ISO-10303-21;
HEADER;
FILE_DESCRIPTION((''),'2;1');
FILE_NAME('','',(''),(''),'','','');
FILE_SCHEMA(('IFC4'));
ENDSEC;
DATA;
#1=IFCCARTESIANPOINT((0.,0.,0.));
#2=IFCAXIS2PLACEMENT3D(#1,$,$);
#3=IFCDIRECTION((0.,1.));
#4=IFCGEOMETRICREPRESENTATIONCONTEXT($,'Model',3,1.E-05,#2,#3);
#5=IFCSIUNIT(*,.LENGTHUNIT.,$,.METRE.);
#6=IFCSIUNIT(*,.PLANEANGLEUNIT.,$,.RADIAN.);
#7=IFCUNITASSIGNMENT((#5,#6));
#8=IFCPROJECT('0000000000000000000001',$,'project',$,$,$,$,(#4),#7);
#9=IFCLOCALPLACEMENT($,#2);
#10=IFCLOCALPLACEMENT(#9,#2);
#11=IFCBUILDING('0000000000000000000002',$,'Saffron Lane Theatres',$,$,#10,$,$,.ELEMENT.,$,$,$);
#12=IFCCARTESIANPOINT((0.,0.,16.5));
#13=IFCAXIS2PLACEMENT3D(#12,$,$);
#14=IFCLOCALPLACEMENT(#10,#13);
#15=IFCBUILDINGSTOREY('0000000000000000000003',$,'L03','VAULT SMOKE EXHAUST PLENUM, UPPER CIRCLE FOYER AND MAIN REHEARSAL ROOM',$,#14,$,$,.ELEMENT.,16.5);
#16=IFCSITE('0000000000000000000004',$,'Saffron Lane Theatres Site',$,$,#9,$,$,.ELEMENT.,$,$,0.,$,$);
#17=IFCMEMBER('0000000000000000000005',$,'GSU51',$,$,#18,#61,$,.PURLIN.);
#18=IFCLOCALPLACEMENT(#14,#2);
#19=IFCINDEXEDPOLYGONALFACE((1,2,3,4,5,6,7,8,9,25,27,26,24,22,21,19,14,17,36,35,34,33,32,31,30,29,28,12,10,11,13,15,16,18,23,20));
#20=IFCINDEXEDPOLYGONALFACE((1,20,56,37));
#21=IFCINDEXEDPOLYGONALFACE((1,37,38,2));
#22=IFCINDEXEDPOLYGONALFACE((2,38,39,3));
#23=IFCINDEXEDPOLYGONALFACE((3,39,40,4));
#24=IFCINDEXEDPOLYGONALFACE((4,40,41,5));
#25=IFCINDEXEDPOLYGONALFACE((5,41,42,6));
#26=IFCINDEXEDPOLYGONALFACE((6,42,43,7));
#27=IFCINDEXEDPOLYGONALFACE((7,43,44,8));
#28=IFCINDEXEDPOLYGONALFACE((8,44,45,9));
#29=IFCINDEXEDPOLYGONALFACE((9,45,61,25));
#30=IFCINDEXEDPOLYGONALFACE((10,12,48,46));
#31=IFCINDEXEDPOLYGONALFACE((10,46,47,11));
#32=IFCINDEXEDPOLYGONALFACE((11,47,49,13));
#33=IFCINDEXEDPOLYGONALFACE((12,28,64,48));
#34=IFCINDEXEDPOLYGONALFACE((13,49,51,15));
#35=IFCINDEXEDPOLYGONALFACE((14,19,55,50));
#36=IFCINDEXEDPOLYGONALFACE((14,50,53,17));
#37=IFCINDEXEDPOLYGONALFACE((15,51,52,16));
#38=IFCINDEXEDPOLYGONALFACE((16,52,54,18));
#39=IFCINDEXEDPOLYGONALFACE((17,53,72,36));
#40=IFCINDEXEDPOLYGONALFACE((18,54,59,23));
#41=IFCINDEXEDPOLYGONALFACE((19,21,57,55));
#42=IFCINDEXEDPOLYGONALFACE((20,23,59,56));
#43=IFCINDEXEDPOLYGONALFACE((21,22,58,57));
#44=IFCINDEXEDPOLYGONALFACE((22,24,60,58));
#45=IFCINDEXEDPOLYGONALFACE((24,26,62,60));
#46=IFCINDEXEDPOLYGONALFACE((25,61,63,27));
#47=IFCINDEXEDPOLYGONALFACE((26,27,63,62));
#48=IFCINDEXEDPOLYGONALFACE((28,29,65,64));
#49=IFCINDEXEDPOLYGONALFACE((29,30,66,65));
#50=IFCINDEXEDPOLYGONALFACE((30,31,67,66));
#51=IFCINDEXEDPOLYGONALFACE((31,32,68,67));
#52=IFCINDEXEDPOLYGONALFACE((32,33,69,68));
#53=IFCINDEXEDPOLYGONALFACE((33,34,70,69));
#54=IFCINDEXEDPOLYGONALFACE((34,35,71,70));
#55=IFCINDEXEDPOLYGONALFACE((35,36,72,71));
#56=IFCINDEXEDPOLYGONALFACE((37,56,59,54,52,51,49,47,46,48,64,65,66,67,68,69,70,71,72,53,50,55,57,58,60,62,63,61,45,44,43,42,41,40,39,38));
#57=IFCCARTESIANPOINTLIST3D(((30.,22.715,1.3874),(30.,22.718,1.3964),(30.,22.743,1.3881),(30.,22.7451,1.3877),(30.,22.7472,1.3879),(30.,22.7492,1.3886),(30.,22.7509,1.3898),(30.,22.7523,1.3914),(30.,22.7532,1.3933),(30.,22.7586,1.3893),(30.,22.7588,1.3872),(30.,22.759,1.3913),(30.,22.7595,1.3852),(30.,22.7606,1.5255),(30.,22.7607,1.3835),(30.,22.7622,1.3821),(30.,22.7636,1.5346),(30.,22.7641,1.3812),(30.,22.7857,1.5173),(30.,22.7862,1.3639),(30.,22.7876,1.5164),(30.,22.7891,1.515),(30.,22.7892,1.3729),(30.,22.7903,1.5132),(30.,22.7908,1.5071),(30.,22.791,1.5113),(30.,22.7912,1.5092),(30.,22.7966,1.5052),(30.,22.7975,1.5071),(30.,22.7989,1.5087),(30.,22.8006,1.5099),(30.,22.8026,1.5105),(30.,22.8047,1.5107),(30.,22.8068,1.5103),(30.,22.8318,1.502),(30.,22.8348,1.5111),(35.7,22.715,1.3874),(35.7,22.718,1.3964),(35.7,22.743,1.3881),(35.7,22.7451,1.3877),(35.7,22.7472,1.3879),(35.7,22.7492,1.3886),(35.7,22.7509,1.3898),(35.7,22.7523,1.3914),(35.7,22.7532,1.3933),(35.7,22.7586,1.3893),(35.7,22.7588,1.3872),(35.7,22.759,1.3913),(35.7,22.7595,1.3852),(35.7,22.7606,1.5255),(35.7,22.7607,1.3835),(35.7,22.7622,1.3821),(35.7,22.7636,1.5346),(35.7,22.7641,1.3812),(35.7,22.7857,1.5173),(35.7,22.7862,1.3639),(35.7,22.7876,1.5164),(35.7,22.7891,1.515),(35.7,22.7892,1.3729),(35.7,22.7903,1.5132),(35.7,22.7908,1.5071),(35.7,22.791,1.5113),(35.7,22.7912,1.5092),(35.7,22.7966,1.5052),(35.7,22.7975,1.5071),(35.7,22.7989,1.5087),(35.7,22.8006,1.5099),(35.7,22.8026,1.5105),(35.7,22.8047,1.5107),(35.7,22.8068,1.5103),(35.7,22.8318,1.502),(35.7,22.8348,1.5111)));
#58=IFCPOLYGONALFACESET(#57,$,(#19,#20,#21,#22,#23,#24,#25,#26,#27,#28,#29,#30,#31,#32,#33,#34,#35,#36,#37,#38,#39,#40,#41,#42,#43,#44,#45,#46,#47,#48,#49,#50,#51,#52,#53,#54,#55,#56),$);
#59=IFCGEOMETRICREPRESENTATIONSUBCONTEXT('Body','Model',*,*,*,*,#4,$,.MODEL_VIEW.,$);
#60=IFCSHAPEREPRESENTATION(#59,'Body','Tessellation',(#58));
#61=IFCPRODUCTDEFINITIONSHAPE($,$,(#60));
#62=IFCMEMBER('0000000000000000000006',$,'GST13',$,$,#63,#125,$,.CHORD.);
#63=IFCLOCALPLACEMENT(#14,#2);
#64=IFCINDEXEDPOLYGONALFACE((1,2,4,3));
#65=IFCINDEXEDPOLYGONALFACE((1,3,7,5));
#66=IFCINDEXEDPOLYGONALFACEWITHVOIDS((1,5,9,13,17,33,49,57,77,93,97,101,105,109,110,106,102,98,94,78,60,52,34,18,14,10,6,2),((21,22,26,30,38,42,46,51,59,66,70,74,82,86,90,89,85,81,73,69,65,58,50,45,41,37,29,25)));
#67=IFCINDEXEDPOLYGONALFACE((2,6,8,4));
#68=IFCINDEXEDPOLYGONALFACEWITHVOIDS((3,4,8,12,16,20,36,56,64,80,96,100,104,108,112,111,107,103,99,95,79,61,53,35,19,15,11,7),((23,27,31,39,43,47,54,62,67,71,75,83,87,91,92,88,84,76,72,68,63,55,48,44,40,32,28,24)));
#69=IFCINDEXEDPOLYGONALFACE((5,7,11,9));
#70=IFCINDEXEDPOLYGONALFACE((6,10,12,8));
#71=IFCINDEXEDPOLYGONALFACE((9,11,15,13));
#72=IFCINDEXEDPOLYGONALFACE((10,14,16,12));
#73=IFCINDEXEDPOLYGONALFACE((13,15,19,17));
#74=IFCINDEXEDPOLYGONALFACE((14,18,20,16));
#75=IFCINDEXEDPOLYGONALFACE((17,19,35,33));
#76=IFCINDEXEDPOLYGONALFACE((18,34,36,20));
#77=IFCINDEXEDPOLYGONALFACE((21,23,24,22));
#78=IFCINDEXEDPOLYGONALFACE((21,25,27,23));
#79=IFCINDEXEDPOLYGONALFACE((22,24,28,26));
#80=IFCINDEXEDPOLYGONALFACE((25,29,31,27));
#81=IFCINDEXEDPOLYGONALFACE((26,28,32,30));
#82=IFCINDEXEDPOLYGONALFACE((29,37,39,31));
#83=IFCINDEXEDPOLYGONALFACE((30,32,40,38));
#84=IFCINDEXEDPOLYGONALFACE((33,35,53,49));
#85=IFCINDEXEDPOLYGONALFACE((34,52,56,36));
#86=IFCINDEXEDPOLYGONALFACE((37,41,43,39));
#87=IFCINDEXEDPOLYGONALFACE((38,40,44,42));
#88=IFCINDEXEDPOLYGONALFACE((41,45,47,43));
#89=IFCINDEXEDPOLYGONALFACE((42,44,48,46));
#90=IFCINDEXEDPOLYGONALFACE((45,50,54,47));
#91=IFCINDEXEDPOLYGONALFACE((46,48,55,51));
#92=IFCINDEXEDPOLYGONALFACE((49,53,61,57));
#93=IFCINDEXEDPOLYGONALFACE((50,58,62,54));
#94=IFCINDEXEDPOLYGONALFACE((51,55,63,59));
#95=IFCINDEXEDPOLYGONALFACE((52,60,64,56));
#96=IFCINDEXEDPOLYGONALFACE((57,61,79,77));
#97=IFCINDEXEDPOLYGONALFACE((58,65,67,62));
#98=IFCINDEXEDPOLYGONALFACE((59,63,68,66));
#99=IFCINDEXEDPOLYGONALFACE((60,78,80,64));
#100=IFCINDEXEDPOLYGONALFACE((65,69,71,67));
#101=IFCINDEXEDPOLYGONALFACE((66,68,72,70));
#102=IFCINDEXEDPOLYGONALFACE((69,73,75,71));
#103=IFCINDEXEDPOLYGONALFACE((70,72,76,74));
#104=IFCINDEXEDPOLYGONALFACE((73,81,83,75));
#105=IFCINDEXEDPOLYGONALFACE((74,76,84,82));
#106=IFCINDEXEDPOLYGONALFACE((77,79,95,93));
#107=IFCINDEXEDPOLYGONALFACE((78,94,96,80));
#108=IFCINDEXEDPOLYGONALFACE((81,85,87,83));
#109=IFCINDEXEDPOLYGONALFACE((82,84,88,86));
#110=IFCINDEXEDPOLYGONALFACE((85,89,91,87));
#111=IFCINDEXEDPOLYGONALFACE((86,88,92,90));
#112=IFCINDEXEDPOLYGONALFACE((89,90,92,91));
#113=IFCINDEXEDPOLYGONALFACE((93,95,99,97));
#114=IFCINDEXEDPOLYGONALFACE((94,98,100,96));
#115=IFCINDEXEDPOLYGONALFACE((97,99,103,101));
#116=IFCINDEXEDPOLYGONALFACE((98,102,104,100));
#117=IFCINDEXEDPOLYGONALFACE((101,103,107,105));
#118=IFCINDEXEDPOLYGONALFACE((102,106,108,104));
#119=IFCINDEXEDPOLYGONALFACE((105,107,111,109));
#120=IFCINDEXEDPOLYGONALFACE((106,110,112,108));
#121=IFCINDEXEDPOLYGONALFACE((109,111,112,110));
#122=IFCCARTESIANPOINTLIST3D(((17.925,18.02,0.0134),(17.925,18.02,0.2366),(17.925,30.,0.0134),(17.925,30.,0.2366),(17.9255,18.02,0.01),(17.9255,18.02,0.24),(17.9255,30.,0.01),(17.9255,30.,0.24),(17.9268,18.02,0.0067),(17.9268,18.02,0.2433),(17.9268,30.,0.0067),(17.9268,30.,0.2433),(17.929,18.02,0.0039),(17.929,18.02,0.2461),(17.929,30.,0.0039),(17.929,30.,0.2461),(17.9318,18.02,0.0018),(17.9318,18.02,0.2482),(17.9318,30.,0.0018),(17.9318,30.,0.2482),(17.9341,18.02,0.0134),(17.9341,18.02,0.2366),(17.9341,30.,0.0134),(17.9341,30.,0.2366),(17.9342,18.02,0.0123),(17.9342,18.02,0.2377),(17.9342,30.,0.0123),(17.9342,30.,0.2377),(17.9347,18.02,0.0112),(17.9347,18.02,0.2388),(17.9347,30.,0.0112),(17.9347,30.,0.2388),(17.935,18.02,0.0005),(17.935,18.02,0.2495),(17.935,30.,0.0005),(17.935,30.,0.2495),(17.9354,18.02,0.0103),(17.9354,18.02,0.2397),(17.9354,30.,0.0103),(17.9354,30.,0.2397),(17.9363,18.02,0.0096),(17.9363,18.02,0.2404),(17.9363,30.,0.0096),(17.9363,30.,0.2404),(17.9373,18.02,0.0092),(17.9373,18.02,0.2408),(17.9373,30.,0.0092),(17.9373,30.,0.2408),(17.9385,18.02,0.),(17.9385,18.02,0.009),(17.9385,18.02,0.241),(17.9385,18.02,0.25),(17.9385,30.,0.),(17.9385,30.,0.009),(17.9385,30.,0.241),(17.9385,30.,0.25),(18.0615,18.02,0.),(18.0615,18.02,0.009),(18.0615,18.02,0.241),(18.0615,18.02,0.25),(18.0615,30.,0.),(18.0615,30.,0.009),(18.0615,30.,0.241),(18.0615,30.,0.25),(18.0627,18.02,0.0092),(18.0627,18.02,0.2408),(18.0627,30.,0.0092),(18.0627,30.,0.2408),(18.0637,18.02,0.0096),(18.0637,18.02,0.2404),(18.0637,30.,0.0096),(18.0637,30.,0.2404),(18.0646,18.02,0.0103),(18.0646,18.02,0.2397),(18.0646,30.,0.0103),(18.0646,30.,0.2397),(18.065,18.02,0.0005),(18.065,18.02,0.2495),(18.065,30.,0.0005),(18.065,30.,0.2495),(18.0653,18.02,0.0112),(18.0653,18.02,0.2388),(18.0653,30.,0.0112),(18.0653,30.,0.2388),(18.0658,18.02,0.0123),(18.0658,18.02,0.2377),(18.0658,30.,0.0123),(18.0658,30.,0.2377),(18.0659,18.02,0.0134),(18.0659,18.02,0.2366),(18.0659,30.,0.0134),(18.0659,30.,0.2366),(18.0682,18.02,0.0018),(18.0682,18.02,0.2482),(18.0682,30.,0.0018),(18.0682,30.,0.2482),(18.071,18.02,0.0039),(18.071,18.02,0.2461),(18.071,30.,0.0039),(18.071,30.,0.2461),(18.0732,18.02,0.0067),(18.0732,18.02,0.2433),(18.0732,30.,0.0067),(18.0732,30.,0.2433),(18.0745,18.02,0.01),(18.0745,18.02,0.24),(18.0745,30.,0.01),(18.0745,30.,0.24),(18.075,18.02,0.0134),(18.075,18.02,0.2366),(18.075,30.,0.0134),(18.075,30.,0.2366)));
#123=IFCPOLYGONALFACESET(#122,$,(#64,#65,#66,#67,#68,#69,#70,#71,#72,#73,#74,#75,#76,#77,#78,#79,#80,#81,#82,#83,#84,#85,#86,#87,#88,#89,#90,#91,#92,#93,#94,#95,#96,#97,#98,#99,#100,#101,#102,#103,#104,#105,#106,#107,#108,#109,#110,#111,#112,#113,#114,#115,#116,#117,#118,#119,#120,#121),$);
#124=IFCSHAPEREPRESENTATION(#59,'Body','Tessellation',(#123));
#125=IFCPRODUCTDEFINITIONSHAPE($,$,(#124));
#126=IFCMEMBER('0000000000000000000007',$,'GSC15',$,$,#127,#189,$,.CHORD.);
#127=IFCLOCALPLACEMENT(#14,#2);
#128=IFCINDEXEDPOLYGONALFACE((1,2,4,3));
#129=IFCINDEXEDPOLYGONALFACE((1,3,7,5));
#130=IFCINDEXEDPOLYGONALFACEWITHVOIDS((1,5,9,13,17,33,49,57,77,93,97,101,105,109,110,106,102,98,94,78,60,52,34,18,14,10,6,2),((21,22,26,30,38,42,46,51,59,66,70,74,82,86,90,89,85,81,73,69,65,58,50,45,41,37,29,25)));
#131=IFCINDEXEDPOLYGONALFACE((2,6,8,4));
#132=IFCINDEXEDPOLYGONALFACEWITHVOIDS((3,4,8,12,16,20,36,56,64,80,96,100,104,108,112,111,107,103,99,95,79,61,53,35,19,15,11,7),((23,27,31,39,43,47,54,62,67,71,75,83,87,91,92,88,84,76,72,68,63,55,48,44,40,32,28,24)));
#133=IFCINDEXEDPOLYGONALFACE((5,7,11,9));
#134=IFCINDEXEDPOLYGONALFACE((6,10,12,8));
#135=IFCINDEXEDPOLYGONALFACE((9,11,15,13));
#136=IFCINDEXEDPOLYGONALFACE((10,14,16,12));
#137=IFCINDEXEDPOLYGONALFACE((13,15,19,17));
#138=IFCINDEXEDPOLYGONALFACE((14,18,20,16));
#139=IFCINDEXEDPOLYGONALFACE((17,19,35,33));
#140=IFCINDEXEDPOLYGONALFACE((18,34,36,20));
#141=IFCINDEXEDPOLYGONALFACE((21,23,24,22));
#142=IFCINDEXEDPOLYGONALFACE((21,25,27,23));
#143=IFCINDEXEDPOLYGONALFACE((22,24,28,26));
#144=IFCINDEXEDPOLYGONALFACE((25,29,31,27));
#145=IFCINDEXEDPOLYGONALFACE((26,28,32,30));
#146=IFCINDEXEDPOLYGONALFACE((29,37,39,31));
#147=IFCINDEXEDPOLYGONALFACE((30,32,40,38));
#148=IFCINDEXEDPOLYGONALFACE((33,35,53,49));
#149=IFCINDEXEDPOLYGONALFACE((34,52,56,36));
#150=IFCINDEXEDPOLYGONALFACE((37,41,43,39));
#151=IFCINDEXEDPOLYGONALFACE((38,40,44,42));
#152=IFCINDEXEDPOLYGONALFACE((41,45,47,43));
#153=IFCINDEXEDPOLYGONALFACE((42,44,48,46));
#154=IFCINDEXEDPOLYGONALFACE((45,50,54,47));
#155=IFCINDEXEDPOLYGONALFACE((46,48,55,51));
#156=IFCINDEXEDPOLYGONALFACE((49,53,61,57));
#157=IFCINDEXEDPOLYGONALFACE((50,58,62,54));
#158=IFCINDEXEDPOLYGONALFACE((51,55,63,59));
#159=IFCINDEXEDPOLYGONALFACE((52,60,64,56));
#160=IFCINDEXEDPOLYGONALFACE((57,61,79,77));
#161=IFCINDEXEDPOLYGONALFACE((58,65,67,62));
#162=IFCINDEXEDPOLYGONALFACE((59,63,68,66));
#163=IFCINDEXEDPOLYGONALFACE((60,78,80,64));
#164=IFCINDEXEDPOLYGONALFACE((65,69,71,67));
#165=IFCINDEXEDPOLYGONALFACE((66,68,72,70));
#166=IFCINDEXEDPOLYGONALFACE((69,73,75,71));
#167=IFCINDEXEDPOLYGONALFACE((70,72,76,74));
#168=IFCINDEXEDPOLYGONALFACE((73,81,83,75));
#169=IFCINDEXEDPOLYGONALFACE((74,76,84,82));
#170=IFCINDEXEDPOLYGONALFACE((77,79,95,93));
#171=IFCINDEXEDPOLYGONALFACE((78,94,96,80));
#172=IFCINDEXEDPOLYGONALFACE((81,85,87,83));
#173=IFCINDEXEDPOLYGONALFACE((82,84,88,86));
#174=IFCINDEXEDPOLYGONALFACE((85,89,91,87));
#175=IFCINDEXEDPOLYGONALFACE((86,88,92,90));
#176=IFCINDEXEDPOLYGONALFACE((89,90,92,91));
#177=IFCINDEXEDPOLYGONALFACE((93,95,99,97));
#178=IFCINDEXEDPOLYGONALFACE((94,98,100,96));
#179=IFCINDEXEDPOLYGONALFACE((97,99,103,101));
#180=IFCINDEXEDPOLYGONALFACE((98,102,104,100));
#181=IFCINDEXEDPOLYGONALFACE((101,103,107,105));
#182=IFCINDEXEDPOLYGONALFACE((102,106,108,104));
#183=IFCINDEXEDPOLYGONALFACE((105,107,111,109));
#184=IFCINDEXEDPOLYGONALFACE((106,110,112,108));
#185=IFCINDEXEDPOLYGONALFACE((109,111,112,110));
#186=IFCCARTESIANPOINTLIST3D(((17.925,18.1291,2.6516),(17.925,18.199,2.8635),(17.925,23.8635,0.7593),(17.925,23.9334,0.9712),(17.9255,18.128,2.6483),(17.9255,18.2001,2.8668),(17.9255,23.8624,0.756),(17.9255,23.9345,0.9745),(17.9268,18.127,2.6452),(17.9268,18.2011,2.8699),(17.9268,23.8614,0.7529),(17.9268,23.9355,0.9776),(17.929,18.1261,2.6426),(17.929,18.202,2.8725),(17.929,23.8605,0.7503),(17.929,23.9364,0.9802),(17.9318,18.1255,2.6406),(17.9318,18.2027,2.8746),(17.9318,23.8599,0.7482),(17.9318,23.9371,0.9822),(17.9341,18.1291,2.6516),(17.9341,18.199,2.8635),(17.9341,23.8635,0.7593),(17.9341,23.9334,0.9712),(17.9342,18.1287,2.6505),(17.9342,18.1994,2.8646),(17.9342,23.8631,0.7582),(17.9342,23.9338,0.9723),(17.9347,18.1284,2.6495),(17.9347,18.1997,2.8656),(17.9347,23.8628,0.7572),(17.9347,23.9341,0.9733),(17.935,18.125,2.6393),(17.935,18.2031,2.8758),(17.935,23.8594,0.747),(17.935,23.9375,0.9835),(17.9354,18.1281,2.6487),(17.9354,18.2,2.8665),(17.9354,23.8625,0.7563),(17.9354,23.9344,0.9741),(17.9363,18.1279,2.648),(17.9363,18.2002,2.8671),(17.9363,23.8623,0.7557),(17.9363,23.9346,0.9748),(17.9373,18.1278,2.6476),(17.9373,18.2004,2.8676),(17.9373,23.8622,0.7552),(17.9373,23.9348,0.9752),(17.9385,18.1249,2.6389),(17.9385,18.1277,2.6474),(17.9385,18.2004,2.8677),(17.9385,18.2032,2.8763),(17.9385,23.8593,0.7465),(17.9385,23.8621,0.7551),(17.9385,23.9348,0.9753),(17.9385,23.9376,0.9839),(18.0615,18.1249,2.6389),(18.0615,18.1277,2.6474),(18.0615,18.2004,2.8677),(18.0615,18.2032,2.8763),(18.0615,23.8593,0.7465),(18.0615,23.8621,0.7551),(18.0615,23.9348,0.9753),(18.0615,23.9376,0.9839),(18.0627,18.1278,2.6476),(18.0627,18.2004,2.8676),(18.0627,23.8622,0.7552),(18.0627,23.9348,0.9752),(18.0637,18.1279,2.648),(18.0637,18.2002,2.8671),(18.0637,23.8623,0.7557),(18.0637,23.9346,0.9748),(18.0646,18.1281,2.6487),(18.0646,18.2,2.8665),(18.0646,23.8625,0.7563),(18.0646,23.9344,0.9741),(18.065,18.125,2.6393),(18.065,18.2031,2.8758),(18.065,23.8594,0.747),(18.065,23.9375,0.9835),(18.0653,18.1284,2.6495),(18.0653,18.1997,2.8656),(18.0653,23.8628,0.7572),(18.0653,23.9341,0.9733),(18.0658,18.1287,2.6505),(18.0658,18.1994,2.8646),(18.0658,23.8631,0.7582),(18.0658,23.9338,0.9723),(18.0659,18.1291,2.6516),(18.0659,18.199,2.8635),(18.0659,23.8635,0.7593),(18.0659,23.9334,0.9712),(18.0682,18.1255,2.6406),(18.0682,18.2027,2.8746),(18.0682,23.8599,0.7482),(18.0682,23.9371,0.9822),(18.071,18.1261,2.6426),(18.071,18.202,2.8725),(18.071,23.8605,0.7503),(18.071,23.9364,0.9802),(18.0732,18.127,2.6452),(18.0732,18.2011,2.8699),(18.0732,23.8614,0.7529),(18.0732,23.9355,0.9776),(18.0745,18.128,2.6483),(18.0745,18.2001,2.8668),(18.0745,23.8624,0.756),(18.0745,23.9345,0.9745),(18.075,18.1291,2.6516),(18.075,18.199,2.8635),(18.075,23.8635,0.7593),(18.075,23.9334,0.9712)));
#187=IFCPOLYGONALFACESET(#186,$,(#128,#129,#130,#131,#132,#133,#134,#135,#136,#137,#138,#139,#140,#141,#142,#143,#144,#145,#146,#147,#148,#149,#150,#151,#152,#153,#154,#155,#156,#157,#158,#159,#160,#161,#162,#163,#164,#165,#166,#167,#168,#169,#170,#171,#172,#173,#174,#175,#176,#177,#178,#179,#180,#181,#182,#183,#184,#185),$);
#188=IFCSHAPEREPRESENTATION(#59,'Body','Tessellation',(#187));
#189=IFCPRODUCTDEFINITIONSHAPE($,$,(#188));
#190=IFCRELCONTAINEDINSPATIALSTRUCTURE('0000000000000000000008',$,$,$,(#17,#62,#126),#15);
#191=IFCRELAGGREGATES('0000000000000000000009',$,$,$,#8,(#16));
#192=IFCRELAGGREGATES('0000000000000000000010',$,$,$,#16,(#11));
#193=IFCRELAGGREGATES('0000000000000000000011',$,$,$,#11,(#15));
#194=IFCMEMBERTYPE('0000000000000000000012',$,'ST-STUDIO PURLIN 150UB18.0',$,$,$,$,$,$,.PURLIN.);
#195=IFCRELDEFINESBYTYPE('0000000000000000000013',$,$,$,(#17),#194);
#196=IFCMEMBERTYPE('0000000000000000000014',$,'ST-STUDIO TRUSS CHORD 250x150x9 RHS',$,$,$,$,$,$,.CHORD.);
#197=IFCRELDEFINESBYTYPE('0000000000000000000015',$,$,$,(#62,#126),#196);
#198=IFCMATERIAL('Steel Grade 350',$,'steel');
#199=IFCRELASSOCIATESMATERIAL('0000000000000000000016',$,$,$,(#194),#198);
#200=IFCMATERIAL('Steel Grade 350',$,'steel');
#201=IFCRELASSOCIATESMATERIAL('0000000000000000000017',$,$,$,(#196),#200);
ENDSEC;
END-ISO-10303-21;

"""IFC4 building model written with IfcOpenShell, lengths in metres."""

from ifc_helpers import new_model, si_unit, direction, frame, origin, origin_2d, place, context, subcontext, project, spatial, hollow_rectangle, i_section, extrude, material, material_profile, profile_set, type_object, element, save


model = new_model("IFC4")

# Units and contexts
model_context = context("Model", 3, precision=1e-05, world=origin(), true_north=direction((0.0, 1.0)))
body_context = subcontext(model_context, "Body", "Model", "MODEL_VIEW")
ifc_project = project(units=[si_unit("LENGTHUNIT", "METRE"), si_unit("PLANEANGLEUNIT", "RADIAN")], contexts=[model_context])

# Site, building, storey
site_placement = place(None, origin())
site = spatial("IfcSite", under=ifc_project, at=site_placement, Name="Saffron Lane Theatres Site", CompositionType="ELEMENT", RefElevation=0.0)
building_placement = place(site_placement, origin())
building = spatial("IfcBuilding", under=site, at=building_placement, Name="Saffron Lane Theatres", CompositionType="ELEMENT")
storey_placement = place(building_placement, frame((0.0, 0.0, 16.5)))
storey = spatial("IfcBuildingStorey", under=building, at=storey_placement, Name="L03", Description="VAULT SMOKE EXHAUST PLENUM, UPPER CIRCLE FOYER AND MAIN REHEARSAL ROOM", CompositionType="ELEMENT", Elevation=16.5)

# Members
ifc_material_1 = material(Name="Steel Grade 350", Category="steel")
ifc_material_profile_1 = material_profile(ifc_material_1, i_section(OverallWidth=0.075, OverallDepth=0.155, WebThickness=0.0061, FlangeThickness=0.0095, FilletRadius=0.0081, at=origin_2d()))
ifc_profile_set_1 = profile_set([ifc_material_profile_1], Name="Steel Grade 350")
member_type_1 = type_object("IfcMemberType", Name="ST-STUDIO PURLIN 150UB18.0", PredefinedType="PURLIN", material=ifc_profile_set_1)
member_1_placement = place(storey_placement, frame((30.0, 22.7749, 1.4492), z_axis=(1.0, 0.0, 0.0), x_axis=(0.0, 0.949629, -0.313377)))
element("IfcMember", 1, at=member_1_placement, inside=storey, type_object=member_type_1, Name="GSU51", PredefinedType="PURLIN", context=body_context, shape_type="SweptSolid", body=[
    extrude(i_section(OverallWidth=0.075, OverallDepth=0.155, WebThickness=0.0061, FlangeThickness=0.0095, FilletRadius=0.0081, at=origin_2d()), origin(), (0.0, 0.0, 1.0), 5.7),
])
ifc_material_2 = material(Name="Steel Grade 350", Category="steel")
ifc_material_profile_2 = material_profile(ifc_material_2, hollow_rectangle(XDim=0.1499, YDim=0.25, WallThickness=0.009, InnerFilletRadius=0.0044, OuterFilletRadius=0.0134, at=origin_2d()))
ifc_profile_set_2 = profile_set([ifc_material_profile_2], Name="Steel Grade 350")
member_type_2 = type_object("IfcMemberType", Name="ST-STUDIO TRUSS CHORD 250x150x9 RHS", PredefinedType="CHORD", material=ifc_profile_set_2)
member_2_placement = place(storey_placement, frame((18.0, 18.02, 0.125), z_axis=(0.0, 1.0, 0.0), x_axis=(-1.0, 0.0, 0.0)))
element("IfcMember", 2, at=member_2_placement, inside=storey, type_object=member_type_2, Name="GST13", PredefinedType="CHORD", context=body_context, shape_type="SweptSolid", body=[
    extrude(hollow_rectangle(XDim=0.1499, YDim=0.25, WallThickness=0.009, InnerFilletRadius=0.0044, OuterFilletRadius=0.0134, at=origin_2d()), origin(), (0.0, 0.0, 1.0), 11.98),
])
member_3_placement = place(storey_placement, frame((18.0, 18.1641, 2.7576), z_axis=(0.0, 0.949629, -0.313376), x_axis=(-1.0, 0.0, 0.0)))
element("IfcMember", 3, at=member_3_placement, inside=storey, type_object=member_type_2, Name="GSC15", PredefinedType="CHORD", context=body_context, shape_type="SweptSolid", body=[
    extrude(hollow_rectangle(XDim=0.1499, YDim=0.25, WallThickness=0.009, InnerFilletRadius=0.0044, OuterFilletRadius=0.0134, at=origin_2d()), origin(), (0.0, 0.0, 1.0), 6.0386),
])

save(model, "model.ifc")
